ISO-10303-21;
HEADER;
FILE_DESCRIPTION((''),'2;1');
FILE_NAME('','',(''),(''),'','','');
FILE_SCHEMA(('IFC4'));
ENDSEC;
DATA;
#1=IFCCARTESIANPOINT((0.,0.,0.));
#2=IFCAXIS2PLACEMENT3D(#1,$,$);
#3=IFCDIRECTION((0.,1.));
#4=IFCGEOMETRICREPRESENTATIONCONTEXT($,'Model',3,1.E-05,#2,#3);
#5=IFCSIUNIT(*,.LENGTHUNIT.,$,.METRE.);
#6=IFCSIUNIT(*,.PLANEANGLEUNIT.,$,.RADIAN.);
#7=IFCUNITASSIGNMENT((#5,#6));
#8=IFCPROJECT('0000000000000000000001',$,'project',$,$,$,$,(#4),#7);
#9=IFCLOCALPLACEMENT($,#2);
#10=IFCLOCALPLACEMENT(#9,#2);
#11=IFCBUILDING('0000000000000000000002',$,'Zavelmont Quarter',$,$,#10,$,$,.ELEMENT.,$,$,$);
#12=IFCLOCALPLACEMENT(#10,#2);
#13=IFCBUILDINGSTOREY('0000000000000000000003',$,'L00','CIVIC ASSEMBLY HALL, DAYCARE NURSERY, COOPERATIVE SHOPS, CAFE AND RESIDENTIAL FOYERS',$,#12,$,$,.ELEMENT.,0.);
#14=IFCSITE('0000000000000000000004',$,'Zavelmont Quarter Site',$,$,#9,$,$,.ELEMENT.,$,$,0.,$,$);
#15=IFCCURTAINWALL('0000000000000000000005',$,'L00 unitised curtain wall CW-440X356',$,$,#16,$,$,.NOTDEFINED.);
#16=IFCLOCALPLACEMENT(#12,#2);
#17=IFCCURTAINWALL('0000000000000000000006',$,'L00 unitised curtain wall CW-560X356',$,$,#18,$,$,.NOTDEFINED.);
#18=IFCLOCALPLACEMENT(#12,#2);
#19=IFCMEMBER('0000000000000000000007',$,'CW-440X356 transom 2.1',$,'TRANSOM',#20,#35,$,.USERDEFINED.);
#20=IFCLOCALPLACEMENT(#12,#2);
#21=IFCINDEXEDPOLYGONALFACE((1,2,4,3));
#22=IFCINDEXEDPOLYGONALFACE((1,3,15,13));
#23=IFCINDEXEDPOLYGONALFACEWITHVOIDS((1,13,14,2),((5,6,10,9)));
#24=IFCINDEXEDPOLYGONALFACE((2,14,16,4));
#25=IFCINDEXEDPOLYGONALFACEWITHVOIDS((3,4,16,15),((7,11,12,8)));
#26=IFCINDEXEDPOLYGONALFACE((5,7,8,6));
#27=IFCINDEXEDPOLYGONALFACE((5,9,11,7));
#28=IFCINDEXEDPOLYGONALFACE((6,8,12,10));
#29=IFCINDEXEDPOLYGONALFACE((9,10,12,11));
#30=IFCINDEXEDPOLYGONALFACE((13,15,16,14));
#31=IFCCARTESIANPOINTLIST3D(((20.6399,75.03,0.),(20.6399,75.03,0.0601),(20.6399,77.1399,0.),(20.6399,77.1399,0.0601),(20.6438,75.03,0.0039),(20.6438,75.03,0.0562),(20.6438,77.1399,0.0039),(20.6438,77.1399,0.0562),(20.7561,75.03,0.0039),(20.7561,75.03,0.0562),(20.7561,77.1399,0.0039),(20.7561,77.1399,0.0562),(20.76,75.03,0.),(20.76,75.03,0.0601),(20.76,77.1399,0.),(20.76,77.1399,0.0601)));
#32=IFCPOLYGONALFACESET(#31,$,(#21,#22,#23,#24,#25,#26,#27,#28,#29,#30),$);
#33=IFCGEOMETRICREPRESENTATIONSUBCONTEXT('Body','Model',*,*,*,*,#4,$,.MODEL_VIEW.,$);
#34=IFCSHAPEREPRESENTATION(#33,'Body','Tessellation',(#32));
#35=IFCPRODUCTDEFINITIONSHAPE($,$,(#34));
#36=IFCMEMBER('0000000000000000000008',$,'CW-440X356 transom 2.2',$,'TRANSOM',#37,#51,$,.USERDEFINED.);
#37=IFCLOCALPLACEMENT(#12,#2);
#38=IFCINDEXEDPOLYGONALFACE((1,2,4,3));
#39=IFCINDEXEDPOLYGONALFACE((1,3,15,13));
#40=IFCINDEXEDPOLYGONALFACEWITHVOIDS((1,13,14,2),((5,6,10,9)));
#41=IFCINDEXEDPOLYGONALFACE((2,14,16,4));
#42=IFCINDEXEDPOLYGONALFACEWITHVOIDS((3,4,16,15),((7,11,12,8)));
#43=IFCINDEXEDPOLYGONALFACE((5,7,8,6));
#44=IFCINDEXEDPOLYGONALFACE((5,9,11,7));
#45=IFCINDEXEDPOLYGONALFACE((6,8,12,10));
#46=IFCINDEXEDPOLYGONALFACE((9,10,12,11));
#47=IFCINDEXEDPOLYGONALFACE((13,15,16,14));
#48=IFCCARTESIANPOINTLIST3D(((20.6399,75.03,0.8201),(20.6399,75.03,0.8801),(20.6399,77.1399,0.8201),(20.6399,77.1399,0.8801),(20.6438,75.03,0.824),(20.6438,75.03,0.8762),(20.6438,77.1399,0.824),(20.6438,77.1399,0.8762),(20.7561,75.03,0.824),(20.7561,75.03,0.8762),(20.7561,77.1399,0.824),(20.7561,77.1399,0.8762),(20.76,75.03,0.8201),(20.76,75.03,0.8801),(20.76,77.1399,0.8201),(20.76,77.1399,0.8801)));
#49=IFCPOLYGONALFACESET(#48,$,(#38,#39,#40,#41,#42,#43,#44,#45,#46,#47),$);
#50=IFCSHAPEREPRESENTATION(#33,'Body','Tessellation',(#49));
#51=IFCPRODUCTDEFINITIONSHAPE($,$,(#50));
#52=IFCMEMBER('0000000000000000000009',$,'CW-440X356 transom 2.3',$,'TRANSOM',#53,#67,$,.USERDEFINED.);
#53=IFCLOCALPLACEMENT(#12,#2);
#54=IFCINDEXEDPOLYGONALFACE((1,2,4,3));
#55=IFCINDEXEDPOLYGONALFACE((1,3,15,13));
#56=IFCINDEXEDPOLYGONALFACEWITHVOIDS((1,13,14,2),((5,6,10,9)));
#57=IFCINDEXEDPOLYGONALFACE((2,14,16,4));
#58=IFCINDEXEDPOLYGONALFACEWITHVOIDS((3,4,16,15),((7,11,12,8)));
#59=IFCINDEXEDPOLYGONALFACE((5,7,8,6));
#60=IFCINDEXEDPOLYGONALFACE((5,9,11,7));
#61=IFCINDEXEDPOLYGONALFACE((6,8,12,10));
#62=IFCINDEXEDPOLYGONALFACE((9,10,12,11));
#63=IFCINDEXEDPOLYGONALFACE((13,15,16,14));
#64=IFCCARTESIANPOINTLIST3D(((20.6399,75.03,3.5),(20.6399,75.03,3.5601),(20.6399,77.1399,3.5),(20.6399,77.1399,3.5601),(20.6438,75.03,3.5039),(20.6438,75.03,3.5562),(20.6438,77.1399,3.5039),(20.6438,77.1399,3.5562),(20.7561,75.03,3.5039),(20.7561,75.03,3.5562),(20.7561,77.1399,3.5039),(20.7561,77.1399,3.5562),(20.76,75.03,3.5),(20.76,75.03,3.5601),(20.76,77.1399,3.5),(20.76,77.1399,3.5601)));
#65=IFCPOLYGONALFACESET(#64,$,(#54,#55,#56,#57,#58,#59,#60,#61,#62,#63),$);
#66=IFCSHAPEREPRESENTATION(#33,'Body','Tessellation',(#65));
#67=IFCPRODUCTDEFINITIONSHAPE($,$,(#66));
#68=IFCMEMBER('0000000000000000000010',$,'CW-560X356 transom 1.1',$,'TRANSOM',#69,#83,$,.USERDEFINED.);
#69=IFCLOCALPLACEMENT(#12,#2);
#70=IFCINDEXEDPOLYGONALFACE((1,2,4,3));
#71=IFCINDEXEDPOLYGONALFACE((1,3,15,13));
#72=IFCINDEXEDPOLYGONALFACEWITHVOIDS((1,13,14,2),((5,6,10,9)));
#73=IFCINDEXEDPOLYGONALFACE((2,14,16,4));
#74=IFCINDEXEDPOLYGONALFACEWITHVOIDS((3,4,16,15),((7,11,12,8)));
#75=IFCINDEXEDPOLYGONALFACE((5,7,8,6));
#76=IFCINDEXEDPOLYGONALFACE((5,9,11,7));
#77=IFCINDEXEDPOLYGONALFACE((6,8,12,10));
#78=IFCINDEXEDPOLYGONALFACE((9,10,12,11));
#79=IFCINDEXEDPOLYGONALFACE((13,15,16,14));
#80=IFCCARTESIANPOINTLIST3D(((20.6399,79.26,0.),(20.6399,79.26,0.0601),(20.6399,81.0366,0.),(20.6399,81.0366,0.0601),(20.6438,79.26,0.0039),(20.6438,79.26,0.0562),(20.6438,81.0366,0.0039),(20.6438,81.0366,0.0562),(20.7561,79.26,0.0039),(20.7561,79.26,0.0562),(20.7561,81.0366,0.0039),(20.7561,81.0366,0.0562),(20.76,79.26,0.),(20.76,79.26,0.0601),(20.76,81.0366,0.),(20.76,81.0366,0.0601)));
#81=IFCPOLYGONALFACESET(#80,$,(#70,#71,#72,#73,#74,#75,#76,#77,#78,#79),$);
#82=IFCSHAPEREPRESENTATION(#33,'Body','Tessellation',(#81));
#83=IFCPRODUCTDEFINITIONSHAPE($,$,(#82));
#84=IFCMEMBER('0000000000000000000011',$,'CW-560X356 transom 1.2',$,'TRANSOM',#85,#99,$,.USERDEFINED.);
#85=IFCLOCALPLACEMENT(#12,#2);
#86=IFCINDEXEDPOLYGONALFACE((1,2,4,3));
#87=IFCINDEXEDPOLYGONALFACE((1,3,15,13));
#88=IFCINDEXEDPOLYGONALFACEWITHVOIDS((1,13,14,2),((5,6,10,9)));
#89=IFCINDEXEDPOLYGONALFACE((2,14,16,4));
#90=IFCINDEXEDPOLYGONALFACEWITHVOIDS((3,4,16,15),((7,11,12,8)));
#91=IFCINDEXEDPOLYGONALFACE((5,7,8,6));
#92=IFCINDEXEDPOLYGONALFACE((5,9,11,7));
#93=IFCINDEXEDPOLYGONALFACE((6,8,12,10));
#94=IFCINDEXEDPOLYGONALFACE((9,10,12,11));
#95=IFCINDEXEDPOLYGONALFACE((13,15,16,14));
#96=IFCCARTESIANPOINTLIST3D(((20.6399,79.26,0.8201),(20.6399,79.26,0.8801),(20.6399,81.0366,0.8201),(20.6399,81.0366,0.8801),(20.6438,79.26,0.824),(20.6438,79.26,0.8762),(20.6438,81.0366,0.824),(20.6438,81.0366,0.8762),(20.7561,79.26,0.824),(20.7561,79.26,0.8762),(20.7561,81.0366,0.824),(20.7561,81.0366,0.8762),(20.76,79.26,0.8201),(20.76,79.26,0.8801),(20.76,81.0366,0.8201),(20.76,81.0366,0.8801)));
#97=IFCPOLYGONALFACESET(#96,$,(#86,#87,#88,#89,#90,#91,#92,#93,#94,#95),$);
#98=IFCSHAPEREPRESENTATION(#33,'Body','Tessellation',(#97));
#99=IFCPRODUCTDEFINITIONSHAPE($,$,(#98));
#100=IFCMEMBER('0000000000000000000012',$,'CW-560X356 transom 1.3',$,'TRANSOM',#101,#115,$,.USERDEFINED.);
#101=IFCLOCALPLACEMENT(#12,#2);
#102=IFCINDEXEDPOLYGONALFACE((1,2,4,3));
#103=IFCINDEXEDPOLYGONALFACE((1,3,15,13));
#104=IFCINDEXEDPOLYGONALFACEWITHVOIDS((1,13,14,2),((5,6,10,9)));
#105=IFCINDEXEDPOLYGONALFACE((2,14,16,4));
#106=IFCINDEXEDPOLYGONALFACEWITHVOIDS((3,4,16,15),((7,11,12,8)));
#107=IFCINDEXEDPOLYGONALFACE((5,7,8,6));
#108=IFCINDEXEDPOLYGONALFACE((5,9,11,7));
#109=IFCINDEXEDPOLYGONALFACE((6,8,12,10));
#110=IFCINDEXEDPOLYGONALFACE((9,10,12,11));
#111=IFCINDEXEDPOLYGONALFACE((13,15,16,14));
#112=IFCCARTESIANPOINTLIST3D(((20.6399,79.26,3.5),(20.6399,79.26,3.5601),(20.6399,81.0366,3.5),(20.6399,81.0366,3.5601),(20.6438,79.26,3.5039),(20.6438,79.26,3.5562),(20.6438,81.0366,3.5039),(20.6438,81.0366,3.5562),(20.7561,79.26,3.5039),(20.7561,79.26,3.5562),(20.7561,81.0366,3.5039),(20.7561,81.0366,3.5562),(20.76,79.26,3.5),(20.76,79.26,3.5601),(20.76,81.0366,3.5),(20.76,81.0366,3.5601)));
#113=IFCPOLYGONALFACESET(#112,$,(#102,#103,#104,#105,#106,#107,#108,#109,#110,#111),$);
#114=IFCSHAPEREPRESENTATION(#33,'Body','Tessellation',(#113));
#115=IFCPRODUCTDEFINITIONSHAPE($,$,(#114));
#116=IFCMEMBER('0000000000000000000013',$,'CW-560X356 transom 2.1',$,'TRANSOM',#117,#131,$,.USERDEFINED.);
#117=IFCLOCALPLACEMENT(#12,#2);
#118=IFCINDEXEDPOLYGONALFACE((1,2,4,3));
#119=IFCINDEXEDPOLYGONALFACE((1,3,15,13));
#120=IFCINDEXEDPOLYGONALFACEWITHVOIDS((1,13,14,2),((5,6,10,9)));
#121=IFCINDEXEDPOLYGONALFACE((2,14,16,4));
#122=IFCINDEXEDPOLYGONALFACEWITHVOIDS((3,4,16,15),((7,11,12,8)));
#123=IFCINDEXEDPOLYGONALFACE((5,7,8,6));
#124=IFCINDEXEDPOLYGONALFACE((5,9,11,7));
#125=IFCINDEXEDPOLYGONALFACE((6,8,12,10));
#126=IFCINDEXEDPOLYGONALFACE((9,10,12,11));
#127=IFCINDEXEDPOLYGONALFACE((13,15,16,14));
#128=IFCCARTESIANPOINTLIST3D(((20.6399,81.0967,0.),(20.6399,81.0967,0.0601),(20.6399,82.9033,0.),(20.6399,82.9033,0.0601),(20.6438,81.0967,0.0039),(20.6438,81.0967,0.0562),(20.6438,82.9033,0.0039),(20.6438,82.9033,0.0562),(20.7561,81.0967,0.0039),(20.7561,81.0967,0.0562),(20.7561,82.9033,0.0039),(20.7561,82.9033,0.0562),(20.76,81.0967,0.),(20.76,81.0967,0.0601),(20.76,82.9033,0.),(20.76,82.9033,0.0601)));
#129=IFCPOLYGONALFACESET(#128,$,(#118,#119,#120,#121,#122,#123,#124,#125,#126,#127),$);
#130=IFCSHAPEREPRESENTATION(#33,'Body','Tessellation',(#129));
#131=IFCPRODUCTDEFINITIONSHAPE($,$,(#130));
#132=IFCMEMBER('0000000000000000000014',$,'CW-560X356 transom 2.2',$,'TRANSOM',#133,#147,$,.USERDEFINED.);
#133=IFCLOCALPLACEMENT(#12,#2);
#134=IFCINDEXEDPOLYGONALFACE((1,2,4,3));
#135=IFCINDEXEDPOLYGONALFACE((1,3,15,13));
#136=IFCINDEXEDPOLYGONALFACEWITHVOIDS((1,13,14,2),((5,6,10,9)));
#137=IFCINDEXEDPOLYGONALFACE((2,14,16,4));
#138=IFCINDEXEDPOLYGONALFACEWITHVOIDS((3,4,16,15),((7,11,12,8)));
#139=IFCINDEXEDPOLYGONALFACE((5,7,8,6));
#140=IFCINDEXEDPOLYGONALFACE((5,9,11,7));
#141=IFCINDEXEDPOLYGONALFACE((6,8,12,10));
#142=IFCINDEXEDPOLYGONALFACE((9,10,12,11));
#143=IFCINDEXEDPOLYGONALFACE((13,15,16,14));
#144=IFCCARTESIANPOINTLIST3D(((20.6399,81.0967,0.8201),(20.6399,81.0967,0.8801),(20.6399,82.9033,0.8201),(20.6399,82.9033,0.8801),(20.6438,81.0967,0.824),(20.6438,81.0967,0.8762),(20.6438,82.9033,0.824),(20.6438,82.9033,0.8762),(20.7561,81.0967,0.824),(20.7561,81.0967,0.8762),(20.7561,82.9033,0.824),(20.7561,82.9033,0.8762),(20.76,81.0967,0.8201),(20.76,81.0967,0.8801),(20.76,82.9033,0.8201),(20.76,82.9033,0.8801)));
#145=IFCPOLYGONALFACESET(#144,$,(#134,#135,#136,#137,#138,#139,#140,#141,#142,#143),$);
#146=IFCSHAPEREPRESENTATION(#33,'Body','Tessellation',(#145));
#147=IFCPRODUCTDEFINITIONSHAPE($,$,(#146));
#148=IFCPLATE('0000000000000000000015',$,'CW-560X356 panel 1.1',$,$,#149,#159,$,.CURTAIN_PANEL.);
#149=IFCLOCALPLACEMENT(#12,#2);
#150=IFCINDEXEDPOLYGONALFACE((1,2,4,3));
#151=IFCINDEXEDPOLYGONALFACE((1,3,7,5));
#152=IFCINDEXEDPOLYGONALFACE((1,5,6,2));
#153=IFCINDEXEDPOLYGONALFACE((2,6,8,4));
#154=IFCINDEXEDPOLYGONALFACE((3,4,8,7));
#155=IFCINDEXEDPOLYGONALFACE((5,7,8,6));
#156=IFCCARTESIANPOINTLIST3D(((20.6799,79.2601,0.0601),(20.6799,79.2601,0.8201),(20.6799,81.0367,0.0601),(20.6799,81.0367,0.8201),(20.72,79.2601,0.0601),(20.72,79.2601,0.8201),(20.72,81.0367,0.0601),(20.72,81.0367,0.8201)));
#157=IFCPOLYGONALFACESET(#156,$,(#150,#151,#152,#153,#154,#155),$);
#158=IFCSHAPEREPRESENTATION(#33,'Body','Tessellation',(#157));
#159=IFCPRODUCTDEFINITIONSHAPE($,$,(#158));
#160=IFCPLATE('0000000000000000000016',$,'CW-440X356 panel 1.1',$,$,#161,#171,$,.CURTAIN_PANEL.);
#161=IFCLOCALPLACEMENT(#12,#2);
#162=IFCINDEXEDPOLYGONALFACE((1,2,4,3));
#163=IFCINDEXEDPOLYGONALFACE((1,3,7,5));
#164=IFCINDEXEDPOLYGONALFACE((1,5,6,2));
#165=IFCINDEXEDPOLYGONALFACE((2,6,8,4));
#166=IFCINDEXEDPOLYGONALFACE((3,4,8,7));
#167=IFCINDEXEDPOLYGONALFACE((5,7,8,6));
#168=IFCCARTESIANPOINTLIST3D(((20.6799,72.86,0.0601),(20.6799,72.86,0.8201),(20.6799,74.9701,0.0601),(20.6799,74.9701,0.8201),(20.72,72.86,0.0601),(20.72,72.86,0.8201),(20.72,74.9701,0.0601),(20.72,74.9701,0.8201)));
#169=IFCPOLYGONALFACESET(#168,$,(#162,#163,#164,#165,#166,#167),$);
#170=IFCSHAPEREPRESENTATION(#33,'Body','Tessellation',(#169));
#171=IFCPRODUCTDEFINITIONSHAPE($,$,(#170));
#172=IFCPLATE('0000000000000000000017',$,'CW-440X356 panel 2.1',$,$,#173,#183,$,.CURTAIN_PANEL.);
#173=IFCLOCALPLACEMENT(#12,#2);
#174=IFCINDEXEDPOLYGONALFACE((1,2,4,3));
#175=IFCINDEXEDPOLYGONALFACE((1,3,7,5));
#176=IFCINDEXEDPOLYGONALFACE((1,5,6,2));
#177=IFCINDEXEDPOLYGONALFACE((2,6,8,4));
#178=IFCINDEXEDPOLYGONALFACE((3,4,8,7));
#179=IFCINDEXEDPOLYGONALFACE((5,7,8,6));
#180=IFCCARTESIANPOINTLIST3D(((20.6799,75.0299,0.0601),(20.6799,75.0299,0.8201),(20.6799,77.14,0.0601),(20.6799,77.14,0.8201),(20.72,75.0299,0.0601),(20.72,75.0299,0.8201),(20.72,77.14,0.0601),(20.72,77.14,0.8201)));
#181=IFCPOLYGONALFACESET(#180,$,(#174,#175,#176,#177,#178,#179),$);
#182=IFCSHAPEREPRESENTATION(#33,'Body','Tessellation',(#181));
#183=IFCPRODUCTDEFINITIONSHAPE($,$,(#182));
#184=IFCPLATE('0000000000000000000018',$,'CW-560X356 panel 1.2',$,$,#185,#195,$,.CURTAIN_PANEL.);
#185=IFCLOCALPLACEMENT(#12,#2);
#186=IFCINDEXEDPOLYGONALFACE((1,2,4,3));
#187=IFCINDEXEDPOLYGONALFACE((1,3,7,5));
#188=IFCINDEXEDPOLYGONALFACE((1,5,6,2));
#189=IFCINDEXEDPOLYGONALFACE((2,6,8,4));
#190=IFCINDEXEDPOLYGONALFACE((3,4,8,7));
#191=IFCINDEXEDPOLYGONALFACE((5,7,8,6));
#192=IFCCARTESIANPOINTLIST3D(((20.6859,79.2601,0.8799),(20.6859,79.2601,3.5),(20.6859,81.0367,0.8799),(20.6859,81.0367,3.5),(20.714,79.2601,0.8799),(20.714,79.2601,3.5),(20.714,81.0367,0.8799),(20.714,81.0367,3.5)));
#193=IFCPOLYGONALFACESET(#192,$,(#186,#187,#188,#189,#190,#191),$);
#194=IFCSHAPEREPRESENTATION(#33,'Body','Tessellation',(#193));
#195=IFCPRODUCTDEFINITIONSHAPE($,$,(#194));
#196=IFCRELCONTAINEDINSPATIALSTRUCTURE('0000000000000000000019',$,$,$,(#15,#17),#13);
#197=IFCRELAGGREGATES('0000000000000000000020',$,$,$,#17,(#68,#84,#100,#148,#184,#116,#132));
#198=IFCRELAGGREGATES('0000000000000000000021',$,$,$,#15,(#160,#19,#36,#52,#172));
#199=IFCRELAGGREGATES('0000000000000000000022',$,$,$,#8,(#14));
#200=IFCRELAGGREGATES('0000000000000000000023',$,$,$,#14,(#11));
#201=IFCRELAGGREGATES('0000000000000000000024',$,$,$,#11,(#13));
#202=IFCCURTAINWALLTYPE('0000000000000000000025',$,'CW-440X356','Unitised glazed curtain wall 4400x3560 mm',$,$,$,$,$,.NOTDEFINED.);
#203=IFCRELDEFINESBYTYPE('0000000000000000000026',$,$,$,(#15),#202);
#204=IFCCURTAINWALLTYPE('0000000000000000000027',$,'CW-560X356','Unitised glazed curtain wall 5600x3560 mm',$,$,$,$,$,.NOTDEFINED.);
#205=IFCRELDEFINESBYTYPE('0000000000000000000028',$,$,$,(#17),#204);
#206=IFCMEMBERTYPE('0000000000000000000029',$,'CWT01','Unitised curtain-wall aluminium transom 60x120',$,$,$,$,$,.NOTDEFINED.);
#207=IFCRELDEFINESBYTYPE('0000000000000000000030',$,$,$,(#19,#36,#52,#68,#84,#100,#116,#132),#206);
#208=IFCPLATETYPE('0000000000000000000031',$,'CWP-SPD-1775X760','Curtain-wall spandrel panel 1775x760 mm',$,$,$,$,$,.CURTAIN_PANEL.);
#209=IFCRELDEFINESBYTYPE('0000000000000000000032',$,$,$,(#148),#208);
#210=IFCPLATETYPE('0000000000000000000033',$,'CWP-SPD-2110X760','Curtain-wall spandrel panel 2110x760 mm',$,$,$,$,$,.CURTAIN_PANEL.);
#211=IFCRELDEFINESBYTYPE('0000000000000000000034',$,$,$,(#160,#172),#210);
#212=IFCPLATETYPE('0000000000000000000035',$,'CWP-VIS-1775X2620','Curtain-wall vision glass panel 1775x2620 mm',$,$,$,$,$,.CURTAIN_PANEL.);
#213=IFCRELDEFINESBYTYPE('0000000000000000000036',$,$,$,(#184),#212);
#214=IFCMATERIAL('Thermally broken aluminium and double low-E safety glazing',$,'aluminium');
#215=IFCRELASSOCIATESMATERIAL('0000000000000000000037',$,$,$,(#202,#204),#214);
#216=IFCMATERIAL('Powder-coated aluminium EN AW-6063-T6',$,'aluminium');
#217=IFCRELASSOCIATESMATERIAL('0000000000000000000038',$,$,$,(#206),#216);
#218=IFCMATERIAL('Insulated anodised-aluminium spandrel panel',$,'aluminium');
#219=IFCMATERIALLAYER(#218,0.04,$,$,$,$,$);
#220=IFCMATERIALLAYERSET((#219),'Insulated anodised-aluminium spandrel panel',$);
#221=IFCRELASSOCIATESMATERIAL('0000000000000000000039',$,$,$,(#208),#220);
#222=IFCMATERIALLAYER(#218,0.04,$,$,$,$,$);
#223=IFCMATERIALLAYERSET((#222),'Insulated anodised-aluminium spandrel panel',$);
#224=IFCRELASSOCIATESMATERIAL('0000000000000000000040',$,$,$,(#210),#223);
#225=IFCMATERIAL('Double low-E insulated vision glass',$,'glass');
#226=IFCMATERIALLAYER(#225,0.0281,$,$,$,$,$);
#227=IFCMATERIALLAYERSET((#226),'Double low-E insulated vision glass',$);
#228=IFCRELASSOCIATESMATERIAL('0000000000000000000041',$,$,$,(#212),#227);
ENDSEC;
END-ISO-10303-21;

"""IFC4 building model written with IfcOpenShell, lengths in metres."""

from ifc_helpers import new_model, si_unit, direction, frame, origin, origin_2d, place, context, subcontext, project, spatial, rectangle, hollow_rectangle, extrude, material, layer, layer_set, material_profile, profile_set, type_object, element, aggregate, save


model = new_model("IFC4")

# Units and contexts
model_context = context("Model", 3, precision=1e-05, world=origin(), true_north=direction((0.0, 1.0)))
body_context = subcontext(model_context, "Body", "Model", "MODEL_VIEW")
ifc_project = project(units=[si_unit("LENGTHUNIT", "METRE"), si_unit("PLANEANGLEUNIT", "RADIAN")], contexts=[model_context])

# Site, building, storey
site_placement = place(None, origin())
site = spatial("IfcSite", under=ifc_project, at=site_placement, Name="Zavelmont Quarter Site", CompositionType="ELEMENT", RefElevation=0.0)
building_placement = place(site_placement, origin())
building = spatial("IfcBuilding", under=site, at=building_placement, Name="Zavelmont Quarter", CompositionType="ELEMENT")
storey_placement = place(building_placement, origin())
storey = spatial("IfcBuildingStorey", under=building, at=storey_placement, Name="L00", Description="CIVIC ASSEMBLY HALL, DAYCARE NURSERY, COOPERATIVE SHOPS, CAFE AND RESIDENTIAL FOYERS", CompositionType="ELEMENT", Elevation=0.0)

# Curtain walls
ifc_material_1 = material(Name="Thermally broken aluminium and double low-E safety glazing", Category="aluminium")
curtain_wall_type_1 = type_object("IfcCurtainWallType", Name="CW-440X356", Description="Unitised glazed curtain wall 4400x3560 mm", PredefinedType="NOTDEFINED", material=ifc_material_1)
curtain_wall_1_placement = place(storey_placement, origin())
curtain_wall_1 = element("IfcCurtainWall", 1, at=curtain_wall_1_placement, inside=storey, type_object=curtain_wall_type_1, Name="L00 unitised curtain wall CW-440X356", PredefinedType="NOTDEFINED")
ifc_material_2 = material(Name="Powder-coated aluminium EN AW-6063-T6", Category="aluminium")
curtain_wall_type_2 = type_object("IfcCurtainWallType", Name="CW-560X356", Description="Unitised glazed curtain wall 5600x3560 mm", PredefinedType="NOTDEFINED", material=ifc_material_1)
curtain_wall_2_placement = place(storey_placement, origin())
curtain_wall_2 = element("IfcCurtainWall", 2, at=curtain_wall_2_placement, inside=storey, type_object=curtain_wall_type_2, Name="L00 unitised curtain wall CW-560X356", PredefinedType="NOTDEFINED")

# Members
ifc_material_profile_1 = material_profile(ifc_material_2, hollow_rectangle(XDim=0.1201, YDim=0.0601, WallThickness=0.0039, at=origin_2d()), Name="CWT60X120")
ifc_profile_set_1 = profile_set([ifc_material_profile_1], Name="Powder-coated aluminium EN AW-6063-T6")
member_type_1 = type_object("IfcMemberType", Name="CWT01", Description="Unitised curtain-wall aluminium transom 60x120", PredefinedType="NOTDEFINED", material=ifc_profile_set_1)
member_1_placement = place(storey_placement, frame((20.7, 75.03, 0.03), z_axis=(0.0, 1.0, 0.0), x_axis=(-1.0, 0.0, 0.0)))
member_1 = element("IfcMember", 3, at=member_1_placement, type_object=member_type_1, Name="CW-440X356 transom 2.1", ObjectType="TRANSOM", PredefinedType="USERDEFINED", context=body_context, shape_type="SweptSolid", body=[
    extrude(hollow_rectangle(XDim=0.1201, YDim=0.0601, WallThickness=0.0039, at=origin_2d()), origin(), (0.0, 0.0, 1.0), 2.1099),
])
member_2_placement = place(storey_placement, frame((20.7, 75.03, 0.8501), z_axis=(0.0, 1.0, 0.0), x_axis=(-1.0, 0.0, 0.0)))
member_2 = element("IfcMember", 4, at=member_2_placement, type_object=member_type_1, Name="CW-440X356 transom 2.2", ObjectType="TRANSOM", PredefinedType="USERDEFINED", context=body_context, shape_type="SweptSolid", body=[
    extrude(hollow_rectangle(XDim=0.1201, YDim=0.0601, WallThickness=0.0039, at=origin_2d()), origin(), (0.0, 0.0, 1.0), 2.1099),
])
member_3_placement = place(storey_placement, frame((20.7, 75.03, 3.53), z_axis=(0.0, 1.0, 0.0), x_axis=(-1.0, 0.0, 0.0)))
member_3 = element("IfcMember", 5, at=member_3_placement, type_object=member_type_1, Name="CW-440X356 transom 2.3", ObjectType="TRANSOM", PredefinedType="USERDEFINED", context=body_context, shape_type="SweptSolid", body=[
    extrude(hollow_rectangle(XDim=0.1201, YDim=0.0601, WallThickness=0.0039, at=origin_2d()), origin(), (0.0, 0.0, 1.0), 2.1099),
])
member_4_placement = place(storey_placement, frame((20.7, 79.26, 0.03), z_axis=(0.0, 1.0, 0.0), x_axis=(-1.0, 0.0, 0.0)))
member_4 = element("IfcMember", 6, at=member_4_placement, type_object=member_type_1, Name="CW-560X356 transom 1.1", ObjectType="TRANSOM", PredefinedType="USERDEFINED", context=body_context, shape_type="SweptSolid", body=[
    extrude(hollow_rectangle(XDim=0.1201, YDim=0.0601, WallThickness=0.0039, at=origin_2d()), origin(), (0.0, 0.0, 1.0), 1.7766),
])
member_5_placement = place(storey_placement, frame((20.7, 79.26, 0.8501), z_axis=(0.0, 1.0, 0.0), x_axis=(-1.0, 0.0, 0.0)))
member_5 = element("IfcMember", 7, at=member_5_placement, type_object=member_type_1, Name="CW-560X356 transom 1.2", ObjectType="TRANSOM", PredefinedType="USERDEFINED", context=body_context, shape_type="SweptSolid", body=[
    extrude(hollow_rectangle(XDim=0.1201, YDim=0.0601, WallThickness=0.0039, at=origin_2d()), origin(), (0.0, 0.0, 1.0), 1.7766),
])
member_6_placement = place(storey_placement, frame((20.7, 79.26, 3.53), z_axis=(0.0, 1.0, 0.0), x_axis=(-1.0, 0.0, 0.0)))
member_6 = element("IfcMember", 8, at=member_6_placement, type_object=member_type_1, Name="CW-560X356 transom 1.3", ObjectType="TRANSOM", PredefinedType="USERDEFINED", context=body_context, shape_type="SweptSolid", body=[
    extrude(hollow_rectangle(XDim=0.1201, YDim=0.0601, WallThickness=0.0039, at=origin_2d()), origin(), (0.0, 0.0, 1.0), 1.7766),
])
member_7_placement = place(storey_placement, frame((20.7, 81.0967, 0.03), z_axis=(0.0, 1.0, 0.0), x_axis=(-1.0, 0.0, 0.0)))
member_7 = element("IfcMember", 9, at=member_7_placement, type_object=member_type_1, Name="CW-560X356 transom 2.1", ObjectType="TRANSOM", PredefinedType="USERDEFINED", context=body_context, shape_type="SweptSolid", body=[
    extrude(hollow_rectangle(XDim=0.1201, YDim=0.0601, WallThickness=0.0039, at=origin_2d()), origin(), (0.0, 0.0, 1.0), 1.8066),
])
member_8_placement = place(storey_placement, frame((20.7, 81.0967, 0.8501), z_axis=(0.0, 1.0, 0.0), x_axis=(-1.0, 0.0, 0.0)))
member_8 = element("IfcMember", 10, at=member_8_placement, type_object=member_type_1, Name="CW-560X356 transom 2.2", ObjectType="TRANSOM", PredefinedType="USERDEFINED", context=body_context, shape_type="SweptSolid", body=[
    extrude(hollow_rectangle(XDim=0.1201, YDim=0.0601, WallThickness=0.0039, at=origin_2d()), origin(), (0.0, 0.0, 1.0), 1.8066),
])

# Plates
ifc_material_3 = material(Name="Insulated anodised-aluminium spandrel panel", Category="aluminium")
ifc_layer_1 = layer(ifc_material_3, 0.04)
ifc_layer_set_1 = layer_set([ifc_layer_1], Name="Insulated anodised-aluminium spandrel panel")
plate_type_1 = type_object("IfcPlateType", Name="CWP-SPD-1775X760", Description="Curtain-wall spandrel panel 1775x760 mm", PredefinedType="CURTAIN_PANEL", material=ifc_layer_set_1)
plate_1_placement = place(storey_placement, frame((20.7, 80.1484, 0.0601), z_axis=(0.0, 0.0, 1.0), x_axis=(0.0, 1.0, 0.0)))
plate_1 = element("IfcPlate", 11, at=plate_1_placement, type_object=plate_type_1, Name="CW-560X356 panel 1.1", PredefinedType="CURTAIN_PANEL", context=body_context, shape_type="SweptSolid", body=[
    extrude(rectangle(XDim=1.7766, YDim=0.04, at=origin_2d()), origin(), (0.0, 0.0, 1.0), 0.76),
])
ifc_layer_2 = layer(ifc_material_3, 0.04)
ifc_layer_set_2 = layer_set([ifc_layer_2], Name="Insulated anodised-aluminium spandrel panel")
plate_type_2 = type_object("IfcPlateType", Name="CWP-SPD-2110X760", Description="Curtain-wall spandrel panel 2110x760 mm", PredefinedType="CURTAIN_PANEL", material=ifc_layer_set_2)
plate_2_placement = place(storey_placement, frame((20.7, 73.915, 0.0601), z_axis=(0.0, 0.0, 1.0), x_axis=(0.0, 1.0, 0.0)))
plate_2 = element("IfcPlate", 12, at=plate_2_placement, type_object=plate_type_2, Name="CW-440X356 panel 1.1", PredefinedType="CURTAIN_PANEL", context=body_context, shape_type="SweptSolid", body=[
    extrude(rectangle(XDim=2.1101, YDim=0.04, at=origin_2d()), origin(), (0.0, 0.0, 1.0), 0.76),
])
plate_3_placement = place(storey_placement, frame((20.7, 76.085, 0.0601), z_axis=(0.0, 0.0, 1.0), x_axis=(0.0, 1.0, 0.0)))
plate_3 = element("IfcPlate", 13, at=plate_3_placement, type_object=plate_type_2, Name="CW-440X356 panel 2.1", PredefinedType="CURTAIN_PANEL", context=body_context, shape_type="SweptSolid", body=[
    extrude(rectangle(XDim=2.1101, YDim=0.04, at=origin_2d()), origin(), (0.0, 0.0, 1.0), 0.76),
])
ifc_material_4 = material(Name="Double low-E insulated vision glass", Category="glass")
ifc_layer_3 = layer(ifc_material_4, 0.0281)
ifc_layer_set_3 = layer_set([ifc_layer_3], Name="Double low-E insulated vision glass")
plate_type_3 = type_object("IfcPlateType", Name="CWP-VIS-1775X2620", Description="Curtain-wall vision glass panel 1775x2620 mm", PredefinedType="CURTAIN_PANEL", material=ifc_layer_set_3)
plate_4_placement = place(storey_placement, frame((20.7, 80.1484, 0.8799), z_axis=(0.0, 0.0, 1.0), x_axis=(0.0, 1.0, 0.0)))
plate_4 = element("IfcPlate", 14, at=plate_4_placement, type_object=plate_type_3, Name="CW-560X356 panel 1.2", PredefinedType="CURTAIN_PANEL", context=body_context, shape_type="SweptSolid", body=[
    extrude(rectangle(XDim=1.7766, YDim=0.0281, at=origin_2d()), origin(), (0.0, 0.0, 1.0), 2.6201),
])
aggregate(curtain_wall_2, [member_4, member_5, member_6, plate_1, plate_4, member_7, member_8])
aggregate(curtain_wall_1, [plate_2, member_1, member_2, member_3, plate_3])

save(model, "model.ifc")
